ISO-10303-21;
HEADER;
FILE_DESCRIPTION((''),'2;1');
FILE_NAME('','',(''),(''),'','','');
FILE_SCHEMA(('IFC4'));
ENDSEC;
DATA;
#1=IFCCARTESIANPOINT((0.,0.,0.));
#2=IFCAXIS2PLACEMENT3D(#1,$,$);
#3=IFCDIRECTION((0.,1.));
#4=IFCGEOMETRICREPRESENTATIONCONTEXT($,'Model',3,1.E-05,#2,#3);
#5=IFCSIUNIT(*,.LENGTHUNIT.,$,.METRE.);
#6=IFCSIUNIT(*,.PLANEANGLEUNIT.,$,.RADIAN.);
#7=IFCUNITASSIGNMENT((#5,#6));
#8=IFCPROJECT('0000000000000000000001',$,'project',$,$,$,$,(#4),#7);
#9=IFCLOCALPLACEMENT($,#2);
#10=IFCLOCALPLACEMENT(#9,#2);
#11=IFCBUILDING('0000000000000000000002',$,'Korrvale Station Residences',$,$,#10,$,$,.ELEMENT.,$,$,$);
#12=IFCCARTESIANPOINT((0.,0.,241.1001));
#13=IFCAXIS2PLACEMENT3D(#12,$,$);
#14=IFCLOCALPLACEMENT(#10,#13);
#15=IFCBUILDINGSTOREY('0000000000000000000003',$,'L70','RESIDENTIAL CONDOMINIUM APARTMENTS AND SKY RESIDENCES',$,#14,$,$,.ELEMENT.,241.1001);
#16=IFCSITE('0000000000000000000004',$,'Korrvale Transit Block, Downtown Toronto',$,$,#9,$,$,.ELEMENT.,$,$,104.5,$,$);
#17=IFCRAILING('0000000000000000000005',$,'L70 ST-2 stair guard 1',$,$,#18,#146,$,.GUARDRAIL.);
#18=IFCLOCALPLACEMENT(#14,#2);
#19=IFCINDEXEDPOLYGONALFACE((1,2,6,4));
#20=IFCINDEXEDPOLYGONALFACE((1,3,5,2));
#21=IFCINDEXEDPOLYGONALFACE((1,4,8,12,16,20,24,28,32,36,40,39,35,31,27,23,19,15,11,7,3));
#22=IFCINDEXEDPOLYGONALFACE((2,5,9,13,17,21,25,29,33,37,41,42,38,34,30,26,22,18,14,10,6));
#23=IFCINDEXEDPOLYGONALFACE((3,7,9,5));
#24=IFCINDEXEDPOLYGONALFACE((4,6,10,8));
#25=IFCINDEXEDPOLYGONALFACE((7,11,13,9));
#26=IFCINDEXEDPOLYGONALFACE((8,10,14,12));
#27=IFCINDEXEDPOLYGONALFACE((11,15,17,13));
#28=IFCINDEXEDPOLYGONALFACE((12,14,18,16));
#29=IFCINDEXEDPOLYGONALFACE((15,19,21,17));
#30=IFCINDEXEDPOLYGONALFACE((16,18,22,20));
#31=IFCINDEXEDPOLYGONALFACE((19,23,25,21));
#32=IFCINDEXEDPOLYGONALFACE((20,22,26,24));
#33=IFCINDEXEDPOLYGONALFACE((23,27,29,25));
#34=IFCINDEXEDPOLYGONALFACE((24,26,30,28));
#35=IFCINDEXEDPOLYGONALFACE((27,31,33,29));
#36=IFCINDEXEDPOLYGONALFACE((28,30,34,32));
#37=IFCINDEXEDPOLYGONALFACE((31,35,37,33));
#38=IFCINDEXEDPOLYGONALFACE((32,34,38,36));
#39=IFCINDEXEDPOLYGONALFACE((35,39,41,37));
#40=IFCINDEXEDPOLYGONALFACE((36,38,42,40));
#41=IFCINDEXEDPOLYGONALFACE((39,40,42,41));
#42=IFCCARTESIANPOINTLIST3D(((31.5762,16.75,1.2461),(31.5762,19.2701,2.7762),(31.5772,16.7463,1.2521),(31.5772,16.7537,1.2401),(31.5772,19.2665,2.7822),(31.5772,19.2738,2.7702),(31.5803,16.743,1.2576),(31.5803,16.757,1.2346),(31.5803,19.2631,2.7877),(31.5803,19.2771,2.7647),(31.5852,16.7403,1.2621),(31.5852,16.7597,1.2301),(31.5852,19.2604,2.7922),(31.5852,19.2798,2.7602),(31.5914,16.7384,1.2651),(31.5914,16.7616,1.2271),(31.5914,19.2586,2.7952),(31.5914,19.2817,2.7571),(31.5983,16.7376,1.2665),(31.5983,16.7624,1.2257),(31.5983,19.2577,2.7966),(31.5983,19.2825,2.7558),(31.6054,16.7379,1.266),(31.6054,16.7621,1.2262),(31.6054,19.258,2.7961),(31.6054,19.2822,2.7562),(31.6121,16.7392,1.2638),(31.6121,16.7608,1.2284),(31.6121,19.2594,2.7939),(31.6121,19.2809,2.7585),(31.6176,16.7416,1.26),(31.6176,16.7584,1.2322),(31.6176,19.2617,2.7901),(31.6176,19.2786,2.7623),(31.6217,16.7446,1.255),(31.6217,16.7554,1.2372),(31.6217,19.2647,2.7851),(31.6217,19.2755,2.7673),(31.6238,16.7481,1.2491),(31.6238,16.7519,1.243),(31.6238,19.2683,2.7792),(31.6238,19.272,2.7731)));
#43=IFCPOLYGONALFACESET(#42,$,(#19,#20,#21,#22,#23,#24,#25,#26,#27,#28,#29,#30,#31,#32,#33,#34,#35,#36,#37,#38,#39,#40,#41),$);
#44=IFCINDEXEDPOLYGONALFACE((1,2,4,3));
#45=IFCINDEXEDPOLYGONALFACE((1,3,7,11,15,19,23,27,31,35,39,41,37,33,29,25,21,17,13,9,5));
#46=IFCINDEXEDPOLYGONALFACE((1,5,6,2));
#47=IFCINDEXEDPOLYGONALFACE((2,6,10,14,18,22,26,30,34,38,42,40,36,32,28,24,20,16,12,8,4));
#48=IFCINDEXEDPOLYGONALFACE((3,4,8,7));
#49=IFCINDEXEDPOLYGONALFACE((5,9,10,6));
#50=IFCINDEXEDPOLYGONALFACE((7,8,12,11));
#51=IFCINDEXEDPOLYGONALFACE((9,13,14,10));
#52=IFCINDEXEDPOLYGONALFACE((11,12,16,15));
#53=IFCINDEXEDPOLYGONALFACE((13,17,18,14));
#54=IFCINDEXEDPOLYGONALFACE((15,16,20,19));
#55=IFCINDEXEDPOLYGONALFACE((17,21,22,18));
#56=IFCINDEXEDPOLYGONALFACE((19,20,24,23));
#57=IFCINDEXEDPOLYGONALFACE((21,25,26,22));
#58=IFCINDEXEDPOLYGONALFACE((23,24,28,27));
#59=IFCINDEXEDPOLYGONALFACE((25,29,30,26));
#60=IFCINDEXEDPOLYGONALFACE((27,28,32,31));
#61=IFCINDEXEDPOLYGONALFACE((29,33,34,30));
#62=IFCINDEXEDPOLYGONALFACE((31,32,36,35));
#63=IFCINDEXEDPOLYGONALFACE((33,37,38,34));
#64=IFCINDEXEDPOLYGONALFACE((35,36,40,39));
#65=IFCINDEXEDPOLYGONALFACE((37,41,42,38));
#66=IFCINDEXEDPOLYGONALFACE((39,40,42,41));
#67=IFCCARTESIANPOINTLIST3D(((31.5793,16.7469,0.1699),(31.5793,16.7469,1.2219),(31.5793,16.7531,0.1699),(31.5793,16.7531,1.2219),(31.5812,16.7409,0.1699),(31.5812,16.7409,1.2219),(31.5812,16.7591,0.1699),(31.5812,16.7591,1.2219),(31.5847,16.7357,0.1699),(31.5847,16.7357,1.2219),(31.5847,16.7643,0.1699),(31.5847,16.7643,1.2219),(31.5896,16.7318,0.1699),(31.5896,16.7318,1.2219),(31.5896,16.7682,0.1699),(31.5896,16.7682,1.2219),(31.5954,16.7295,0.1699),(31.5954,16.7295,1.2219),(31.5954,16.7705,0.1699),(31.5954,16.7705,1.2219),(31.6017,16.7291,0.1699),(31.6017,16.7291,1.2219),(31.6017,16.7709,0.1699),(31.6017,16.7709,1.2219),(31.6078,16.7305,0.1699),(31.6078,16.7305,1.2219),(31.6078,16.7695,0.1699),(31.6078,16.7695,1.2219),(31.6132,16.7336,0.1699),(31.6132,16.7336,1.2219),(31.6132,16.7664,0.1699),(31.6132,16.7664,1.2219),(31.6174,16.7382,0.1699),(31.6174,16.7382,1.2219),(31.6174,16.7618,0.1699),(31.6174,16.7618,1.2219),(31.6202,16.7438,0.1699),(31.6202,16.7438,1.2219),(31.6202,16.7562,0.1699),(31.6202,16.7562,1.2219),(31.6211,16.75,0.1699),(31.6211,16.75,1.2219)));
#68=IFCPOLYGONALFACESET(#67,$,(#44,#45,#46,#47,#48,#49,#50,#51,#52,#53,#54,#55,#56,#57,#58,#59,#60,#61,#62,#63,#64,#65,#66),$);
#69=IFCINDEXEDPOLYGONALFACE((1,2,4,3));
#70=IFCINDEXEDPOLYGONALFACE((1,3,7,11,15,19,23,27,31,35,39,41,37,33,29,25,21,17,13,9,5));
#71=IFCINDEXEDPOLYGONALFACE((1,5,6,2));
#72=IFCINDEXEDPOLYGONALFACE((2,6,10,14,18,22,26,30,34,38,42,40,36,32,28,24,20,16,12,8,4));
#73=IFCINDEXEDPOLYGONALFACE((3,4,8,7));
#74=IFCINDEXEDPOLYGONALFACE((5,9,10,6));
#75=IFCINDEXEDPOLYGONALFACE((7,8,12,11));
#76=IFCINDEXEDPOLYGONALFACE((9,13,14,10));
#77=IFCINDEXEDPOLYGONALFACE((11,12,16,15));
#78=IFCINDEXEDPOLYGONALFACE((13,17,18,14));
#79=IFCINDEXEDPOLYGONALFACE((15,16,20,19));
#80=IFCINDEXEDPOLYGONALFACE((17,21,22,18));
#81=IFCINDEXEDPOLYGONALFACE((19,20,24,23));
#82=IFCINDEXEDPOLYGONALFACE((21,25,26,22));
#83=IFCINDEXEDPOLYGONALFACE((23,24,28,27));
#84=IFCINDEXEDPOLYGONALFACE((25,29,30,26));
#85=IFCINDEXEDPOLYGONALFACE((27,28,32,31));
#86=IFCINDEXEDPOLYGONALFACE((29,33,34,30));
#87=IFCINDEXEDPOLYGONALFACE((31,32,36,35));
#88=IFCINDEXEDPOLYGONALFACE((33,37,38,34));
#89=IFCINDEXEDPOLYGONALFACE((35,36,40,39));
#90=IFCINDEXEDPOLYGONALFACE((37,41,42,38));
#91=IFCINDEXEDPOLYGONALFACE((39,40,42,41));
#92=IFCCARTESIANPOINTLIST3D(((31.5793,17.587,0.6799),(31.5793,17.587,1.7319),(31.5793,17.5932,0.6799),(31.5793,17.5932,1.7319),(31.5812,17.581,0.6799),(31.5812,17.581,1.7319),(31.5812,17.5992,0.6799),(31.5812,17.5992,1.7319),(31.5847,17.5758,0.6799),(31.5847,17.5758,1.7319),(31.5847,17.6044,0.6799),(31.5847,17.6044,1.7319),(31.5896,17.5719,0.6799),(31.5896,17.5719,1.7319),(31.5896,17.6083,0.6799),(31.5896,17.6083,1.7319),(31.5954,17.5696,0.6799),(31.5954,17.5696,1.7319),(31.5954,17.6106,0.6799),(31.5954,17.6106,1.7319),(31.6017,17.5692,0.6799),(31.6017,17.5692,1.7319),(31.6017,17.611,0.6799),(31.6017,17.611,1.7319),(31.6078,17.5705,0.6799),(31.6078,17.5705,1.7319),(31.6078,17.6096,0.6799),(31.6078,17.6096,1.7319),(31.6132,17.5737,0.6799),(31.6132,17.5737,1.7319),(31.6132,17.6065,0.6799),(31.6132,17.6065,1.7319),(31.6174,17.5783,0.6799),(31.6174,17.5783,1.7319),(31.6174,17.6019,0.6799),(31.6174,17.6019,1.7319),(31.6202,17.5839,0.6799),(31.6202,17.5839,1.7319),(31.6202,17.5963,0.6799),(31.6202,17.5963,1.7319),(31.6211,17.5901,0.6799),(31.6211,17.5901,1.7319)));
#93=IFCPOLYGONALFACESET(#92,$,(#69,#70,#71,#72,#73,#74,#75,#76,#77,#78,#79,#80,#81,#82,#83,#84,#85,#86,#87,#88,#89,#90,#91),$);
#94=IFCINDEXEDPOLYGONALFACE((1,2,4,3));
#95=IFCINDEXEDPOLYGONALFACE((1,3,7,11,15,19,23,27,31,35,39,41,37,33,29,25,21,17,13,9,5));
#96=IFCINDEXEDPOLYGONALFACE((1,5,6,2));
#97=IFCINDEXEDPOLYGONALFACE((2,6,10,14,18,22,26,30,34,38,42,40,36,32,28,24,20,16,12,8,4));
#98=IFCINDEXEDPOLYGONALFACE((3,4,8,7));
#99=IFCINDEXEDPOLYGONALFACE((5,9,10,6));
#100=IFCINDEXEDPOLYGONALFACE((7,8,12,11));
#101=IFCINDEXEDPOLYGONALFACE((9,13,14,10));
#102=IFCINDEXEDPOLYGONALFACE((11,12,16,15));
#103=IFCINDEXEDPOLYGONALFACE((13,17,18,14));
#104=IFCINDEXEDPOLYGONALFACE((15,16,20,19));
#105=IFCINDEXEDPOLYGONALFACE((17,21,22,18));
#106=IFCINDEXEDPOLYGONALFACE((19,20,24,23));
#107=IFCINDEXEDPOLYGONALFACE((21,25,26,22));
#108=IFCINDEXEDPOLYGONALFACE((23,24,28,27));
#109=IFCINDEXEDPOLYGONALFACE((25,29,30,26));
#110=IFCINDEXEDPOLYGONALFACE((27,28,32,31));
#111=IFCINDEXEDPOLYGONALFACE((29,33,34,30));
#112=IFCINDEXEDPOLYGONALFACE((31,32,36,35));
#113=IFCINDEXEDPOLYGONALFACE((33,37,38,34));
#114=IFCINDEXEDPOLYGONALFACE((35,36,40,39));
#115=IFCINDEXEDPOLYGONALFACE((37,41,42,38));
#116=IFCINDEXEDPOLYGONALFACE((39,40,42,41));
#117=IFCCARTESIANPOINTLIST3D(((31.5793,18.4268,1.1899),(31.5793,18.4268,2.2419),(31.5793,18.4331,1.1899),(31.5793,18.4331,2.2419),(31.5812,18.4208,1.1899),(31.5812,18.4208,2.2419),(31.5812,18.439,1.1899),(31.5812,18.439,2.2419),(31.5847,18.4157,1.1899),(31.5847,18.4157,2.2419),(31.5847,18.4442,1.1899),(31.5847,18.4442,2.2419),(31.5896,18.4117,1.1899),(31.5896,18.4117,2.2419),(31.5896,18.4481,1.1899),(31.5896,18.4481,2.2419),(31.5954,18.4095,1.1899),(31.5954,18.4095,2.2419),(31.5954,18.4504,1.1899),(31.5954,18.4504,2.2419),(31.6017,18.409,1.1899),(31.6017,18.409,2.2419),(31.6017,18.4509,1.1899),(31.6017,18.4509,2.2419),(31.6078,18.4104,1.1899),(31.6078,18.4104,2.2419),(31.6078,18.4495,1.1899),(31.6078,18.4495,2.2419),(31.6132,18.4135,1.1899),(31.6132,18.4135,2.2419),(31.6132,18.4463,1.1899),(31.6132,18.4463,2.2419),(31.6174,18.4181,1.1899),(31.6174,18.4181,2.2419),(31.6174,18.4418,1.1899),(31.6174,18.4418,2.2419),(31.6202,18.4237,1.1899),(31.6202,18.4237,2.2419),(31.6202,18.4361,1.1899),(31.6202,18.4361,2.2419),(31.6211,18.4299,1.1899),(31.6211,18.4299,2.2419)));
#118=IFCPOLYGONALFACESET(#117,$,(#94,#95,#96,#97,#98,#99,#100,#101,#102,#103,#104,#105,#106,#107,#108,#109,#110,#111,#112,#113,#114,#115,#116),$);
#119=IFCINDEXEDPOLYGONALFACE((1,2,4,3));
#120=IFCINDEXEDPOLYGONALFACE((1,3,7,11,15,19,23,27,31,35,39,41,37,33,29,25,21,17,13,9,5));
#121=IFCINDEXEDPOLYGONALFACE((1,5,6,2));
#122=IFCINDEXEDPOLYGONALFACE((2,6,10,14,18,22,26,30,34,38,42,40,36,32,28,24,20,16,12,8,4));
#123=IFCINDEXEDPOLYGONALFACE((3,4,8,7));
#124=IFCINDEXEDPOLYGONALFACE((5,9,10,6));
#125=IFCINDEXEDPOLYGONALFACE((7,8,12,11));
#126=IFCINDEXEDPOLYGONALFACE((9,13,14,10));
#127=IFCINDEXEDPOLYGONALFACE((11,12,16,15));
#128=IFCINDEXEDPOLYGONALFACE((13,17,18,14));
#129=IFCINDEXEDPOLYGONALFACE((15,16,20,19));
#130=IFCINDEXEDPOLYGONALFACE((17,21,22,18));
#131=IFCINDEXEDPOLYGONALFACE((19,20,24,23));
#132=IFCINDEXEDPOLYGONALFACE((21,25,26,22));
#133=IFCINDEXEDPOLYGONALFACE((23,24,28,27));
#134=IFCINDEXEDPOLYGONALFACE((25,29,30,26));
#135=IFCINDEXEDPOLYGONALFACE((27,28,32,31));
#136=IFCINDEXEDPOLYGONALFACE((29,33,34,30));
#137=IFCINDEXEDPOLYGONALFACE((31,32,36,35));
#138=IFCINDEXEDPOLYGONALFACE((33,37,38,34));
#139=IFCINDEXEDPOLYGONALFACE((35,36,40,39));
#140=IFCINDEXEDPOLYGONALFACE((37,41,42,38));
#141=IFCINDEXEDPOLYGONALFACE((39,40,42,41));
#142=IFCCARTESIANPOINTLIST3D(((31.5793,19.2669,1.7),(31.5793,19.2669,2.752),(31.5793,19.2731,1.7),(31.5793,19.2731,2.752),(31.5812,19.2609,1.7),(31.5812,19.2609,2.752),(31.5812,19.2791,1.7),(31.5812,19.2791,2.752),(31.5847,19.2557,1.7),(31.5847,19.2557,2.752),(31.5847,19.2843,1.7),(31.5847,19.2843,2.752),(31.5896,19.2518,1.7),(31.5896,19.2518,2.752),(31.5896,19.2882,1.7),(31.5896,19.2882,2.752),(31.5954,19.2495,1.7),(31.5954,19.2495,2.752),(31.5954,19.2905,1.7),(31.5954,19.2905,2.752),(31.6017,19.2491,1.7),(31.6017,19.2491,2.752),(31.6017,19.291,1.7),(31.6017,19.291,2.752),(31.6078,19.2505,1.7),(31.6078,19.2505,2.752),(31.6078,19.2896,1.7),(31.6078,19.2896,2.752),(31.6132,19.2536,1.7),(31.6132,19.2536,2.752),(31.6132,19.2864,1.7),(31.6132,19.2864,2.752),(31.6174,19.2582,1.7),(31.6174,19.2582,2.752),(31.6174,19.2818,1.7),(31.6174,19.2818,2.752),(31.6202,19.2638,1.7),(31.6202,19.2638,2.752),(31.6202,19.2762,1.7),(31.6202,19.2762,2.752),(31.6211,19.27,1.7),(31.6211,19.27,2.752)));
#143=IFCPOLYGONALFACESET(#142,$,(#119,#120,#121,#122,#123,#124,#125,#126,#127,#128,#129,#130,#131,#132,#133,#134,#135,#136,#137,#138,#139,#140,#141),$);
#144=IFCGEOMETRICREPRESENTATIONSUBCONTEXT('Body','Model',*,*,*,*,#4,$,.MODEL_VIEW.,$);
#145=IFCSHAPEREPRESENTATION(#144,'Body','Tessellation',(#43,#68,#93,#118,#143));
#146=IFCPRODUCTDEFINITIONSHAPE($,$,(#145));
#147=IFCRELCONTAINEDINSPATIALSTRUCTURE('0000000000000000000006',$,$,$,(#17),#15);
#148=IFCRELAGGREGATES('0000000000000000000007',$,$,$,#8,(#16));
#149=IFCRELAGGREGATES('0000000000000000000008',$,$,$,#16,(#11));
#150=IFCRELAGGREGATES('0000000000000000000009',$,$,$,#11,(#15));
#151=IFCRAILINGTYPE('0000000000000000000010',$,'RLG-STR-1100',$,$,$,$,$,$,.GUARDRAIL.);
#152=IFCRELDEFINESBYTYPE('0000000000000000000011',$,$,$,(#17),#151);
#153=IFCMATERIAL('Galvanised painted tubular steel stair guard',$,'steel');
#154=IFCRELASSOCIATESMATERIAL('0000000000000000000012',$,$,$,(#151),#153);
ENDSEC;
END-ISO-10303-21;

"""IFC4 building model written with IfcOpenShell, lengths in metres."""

from ifc_helpers import new_model, si_unit, direction, frame, origin, origin_2d, place, context, subcontext, project, spatial, circle, extrude, material, type_object, element, save


model = new_model("IFC4")

# Units and contexts
model_context = context("Model", 3, precision=1e-05, world=origin(), true_north=direction((0.0, 1.0)))
body_context = subcontext(model_context, "Body", "Model", "MODEL_VIEW")
ifc_project = project(units=[si_unit("LENGTHUNIT", "METRE"), si_unit("PLANEANGLEUNIT", "RADIAN")], contexts=[model_context])

# Site, building, storey
site_placement = place(None, origin())
site = spatial("IfcSite", under=ifc_project, at=site_placement, Name="Korrvale Transit Block, Downtown Toronto", CompositionType="ELEMENT", RefElevation=104.5)
building_placement = place(site_placement, origin())
building = spatial("IfcBuilding", under=site, at=building_placement, Name="Korrvale Station Residences", CompositionType="ELEMENT")
storey_placement = place(building_placement, frame((0.0, 0.0, 241.1001)))
storey = spatial("IfcBuildingStorey", under=building, at=storey_placement, Name="L70", Description="RESIDENTIAL CONDOMINIUM APARTMENTS AND SKY RESIDENCES", CompositionType="ELEMENT", Elevation=241.1001)

# Railing
ifc_material_1 = material(Name="Galvanised painted tubular steel stair guard", Category="steel")
railing_type_1 = type_object("IfcRailingType", Name="RLG-STR-1100", PredefinedType="GUARDRAIL", material=ifc_material_1)
railing_1_placement = place(storey_placement, frame((31.6001, 16.75, 0.1699)))
element("IfcRailing", 1, at=railing_1_placement, inside=storey, type_object=railing_type_1, Name="L70 ST-2 stair guard 1", PredefinedType="GUARDRAIL", context=body_context, shape_type="SweptSolid", body=[
    extrude(circle(Radius=0.0239, at=origin_2d()), frame((0.0, 0.0, 1.0762), z_axis=(0.0, 0.854785, 0.518982), x_axis=(-1.0, 0.0, 0.0)), (0.0, 0.0, 1.0), 2.9482),
    extrude(circle(Radius=0.021, at=origin_2d()), origin(), (0.0, 0.0, 1.0), 1.052),
    extrude(circle(Radius=0.021, at=origin_2d()), frame((0.0, 0.8401, 0.51)), (0.0, 0.0, 1.0), 1.052),
    extrude(circle(Radius=0.021, at=origin_2d()), frame((0.0, 1.6799, 1.02)), (0.0, 0.0, 1.0), 1.052),
    extrude(circle(Radius=0.021, at=origin_2d()), frame((0.0, 2.52, 1.53)), (0.0, 0.0, 1.0), 1.052),
])

save(model, "model.ifc")
